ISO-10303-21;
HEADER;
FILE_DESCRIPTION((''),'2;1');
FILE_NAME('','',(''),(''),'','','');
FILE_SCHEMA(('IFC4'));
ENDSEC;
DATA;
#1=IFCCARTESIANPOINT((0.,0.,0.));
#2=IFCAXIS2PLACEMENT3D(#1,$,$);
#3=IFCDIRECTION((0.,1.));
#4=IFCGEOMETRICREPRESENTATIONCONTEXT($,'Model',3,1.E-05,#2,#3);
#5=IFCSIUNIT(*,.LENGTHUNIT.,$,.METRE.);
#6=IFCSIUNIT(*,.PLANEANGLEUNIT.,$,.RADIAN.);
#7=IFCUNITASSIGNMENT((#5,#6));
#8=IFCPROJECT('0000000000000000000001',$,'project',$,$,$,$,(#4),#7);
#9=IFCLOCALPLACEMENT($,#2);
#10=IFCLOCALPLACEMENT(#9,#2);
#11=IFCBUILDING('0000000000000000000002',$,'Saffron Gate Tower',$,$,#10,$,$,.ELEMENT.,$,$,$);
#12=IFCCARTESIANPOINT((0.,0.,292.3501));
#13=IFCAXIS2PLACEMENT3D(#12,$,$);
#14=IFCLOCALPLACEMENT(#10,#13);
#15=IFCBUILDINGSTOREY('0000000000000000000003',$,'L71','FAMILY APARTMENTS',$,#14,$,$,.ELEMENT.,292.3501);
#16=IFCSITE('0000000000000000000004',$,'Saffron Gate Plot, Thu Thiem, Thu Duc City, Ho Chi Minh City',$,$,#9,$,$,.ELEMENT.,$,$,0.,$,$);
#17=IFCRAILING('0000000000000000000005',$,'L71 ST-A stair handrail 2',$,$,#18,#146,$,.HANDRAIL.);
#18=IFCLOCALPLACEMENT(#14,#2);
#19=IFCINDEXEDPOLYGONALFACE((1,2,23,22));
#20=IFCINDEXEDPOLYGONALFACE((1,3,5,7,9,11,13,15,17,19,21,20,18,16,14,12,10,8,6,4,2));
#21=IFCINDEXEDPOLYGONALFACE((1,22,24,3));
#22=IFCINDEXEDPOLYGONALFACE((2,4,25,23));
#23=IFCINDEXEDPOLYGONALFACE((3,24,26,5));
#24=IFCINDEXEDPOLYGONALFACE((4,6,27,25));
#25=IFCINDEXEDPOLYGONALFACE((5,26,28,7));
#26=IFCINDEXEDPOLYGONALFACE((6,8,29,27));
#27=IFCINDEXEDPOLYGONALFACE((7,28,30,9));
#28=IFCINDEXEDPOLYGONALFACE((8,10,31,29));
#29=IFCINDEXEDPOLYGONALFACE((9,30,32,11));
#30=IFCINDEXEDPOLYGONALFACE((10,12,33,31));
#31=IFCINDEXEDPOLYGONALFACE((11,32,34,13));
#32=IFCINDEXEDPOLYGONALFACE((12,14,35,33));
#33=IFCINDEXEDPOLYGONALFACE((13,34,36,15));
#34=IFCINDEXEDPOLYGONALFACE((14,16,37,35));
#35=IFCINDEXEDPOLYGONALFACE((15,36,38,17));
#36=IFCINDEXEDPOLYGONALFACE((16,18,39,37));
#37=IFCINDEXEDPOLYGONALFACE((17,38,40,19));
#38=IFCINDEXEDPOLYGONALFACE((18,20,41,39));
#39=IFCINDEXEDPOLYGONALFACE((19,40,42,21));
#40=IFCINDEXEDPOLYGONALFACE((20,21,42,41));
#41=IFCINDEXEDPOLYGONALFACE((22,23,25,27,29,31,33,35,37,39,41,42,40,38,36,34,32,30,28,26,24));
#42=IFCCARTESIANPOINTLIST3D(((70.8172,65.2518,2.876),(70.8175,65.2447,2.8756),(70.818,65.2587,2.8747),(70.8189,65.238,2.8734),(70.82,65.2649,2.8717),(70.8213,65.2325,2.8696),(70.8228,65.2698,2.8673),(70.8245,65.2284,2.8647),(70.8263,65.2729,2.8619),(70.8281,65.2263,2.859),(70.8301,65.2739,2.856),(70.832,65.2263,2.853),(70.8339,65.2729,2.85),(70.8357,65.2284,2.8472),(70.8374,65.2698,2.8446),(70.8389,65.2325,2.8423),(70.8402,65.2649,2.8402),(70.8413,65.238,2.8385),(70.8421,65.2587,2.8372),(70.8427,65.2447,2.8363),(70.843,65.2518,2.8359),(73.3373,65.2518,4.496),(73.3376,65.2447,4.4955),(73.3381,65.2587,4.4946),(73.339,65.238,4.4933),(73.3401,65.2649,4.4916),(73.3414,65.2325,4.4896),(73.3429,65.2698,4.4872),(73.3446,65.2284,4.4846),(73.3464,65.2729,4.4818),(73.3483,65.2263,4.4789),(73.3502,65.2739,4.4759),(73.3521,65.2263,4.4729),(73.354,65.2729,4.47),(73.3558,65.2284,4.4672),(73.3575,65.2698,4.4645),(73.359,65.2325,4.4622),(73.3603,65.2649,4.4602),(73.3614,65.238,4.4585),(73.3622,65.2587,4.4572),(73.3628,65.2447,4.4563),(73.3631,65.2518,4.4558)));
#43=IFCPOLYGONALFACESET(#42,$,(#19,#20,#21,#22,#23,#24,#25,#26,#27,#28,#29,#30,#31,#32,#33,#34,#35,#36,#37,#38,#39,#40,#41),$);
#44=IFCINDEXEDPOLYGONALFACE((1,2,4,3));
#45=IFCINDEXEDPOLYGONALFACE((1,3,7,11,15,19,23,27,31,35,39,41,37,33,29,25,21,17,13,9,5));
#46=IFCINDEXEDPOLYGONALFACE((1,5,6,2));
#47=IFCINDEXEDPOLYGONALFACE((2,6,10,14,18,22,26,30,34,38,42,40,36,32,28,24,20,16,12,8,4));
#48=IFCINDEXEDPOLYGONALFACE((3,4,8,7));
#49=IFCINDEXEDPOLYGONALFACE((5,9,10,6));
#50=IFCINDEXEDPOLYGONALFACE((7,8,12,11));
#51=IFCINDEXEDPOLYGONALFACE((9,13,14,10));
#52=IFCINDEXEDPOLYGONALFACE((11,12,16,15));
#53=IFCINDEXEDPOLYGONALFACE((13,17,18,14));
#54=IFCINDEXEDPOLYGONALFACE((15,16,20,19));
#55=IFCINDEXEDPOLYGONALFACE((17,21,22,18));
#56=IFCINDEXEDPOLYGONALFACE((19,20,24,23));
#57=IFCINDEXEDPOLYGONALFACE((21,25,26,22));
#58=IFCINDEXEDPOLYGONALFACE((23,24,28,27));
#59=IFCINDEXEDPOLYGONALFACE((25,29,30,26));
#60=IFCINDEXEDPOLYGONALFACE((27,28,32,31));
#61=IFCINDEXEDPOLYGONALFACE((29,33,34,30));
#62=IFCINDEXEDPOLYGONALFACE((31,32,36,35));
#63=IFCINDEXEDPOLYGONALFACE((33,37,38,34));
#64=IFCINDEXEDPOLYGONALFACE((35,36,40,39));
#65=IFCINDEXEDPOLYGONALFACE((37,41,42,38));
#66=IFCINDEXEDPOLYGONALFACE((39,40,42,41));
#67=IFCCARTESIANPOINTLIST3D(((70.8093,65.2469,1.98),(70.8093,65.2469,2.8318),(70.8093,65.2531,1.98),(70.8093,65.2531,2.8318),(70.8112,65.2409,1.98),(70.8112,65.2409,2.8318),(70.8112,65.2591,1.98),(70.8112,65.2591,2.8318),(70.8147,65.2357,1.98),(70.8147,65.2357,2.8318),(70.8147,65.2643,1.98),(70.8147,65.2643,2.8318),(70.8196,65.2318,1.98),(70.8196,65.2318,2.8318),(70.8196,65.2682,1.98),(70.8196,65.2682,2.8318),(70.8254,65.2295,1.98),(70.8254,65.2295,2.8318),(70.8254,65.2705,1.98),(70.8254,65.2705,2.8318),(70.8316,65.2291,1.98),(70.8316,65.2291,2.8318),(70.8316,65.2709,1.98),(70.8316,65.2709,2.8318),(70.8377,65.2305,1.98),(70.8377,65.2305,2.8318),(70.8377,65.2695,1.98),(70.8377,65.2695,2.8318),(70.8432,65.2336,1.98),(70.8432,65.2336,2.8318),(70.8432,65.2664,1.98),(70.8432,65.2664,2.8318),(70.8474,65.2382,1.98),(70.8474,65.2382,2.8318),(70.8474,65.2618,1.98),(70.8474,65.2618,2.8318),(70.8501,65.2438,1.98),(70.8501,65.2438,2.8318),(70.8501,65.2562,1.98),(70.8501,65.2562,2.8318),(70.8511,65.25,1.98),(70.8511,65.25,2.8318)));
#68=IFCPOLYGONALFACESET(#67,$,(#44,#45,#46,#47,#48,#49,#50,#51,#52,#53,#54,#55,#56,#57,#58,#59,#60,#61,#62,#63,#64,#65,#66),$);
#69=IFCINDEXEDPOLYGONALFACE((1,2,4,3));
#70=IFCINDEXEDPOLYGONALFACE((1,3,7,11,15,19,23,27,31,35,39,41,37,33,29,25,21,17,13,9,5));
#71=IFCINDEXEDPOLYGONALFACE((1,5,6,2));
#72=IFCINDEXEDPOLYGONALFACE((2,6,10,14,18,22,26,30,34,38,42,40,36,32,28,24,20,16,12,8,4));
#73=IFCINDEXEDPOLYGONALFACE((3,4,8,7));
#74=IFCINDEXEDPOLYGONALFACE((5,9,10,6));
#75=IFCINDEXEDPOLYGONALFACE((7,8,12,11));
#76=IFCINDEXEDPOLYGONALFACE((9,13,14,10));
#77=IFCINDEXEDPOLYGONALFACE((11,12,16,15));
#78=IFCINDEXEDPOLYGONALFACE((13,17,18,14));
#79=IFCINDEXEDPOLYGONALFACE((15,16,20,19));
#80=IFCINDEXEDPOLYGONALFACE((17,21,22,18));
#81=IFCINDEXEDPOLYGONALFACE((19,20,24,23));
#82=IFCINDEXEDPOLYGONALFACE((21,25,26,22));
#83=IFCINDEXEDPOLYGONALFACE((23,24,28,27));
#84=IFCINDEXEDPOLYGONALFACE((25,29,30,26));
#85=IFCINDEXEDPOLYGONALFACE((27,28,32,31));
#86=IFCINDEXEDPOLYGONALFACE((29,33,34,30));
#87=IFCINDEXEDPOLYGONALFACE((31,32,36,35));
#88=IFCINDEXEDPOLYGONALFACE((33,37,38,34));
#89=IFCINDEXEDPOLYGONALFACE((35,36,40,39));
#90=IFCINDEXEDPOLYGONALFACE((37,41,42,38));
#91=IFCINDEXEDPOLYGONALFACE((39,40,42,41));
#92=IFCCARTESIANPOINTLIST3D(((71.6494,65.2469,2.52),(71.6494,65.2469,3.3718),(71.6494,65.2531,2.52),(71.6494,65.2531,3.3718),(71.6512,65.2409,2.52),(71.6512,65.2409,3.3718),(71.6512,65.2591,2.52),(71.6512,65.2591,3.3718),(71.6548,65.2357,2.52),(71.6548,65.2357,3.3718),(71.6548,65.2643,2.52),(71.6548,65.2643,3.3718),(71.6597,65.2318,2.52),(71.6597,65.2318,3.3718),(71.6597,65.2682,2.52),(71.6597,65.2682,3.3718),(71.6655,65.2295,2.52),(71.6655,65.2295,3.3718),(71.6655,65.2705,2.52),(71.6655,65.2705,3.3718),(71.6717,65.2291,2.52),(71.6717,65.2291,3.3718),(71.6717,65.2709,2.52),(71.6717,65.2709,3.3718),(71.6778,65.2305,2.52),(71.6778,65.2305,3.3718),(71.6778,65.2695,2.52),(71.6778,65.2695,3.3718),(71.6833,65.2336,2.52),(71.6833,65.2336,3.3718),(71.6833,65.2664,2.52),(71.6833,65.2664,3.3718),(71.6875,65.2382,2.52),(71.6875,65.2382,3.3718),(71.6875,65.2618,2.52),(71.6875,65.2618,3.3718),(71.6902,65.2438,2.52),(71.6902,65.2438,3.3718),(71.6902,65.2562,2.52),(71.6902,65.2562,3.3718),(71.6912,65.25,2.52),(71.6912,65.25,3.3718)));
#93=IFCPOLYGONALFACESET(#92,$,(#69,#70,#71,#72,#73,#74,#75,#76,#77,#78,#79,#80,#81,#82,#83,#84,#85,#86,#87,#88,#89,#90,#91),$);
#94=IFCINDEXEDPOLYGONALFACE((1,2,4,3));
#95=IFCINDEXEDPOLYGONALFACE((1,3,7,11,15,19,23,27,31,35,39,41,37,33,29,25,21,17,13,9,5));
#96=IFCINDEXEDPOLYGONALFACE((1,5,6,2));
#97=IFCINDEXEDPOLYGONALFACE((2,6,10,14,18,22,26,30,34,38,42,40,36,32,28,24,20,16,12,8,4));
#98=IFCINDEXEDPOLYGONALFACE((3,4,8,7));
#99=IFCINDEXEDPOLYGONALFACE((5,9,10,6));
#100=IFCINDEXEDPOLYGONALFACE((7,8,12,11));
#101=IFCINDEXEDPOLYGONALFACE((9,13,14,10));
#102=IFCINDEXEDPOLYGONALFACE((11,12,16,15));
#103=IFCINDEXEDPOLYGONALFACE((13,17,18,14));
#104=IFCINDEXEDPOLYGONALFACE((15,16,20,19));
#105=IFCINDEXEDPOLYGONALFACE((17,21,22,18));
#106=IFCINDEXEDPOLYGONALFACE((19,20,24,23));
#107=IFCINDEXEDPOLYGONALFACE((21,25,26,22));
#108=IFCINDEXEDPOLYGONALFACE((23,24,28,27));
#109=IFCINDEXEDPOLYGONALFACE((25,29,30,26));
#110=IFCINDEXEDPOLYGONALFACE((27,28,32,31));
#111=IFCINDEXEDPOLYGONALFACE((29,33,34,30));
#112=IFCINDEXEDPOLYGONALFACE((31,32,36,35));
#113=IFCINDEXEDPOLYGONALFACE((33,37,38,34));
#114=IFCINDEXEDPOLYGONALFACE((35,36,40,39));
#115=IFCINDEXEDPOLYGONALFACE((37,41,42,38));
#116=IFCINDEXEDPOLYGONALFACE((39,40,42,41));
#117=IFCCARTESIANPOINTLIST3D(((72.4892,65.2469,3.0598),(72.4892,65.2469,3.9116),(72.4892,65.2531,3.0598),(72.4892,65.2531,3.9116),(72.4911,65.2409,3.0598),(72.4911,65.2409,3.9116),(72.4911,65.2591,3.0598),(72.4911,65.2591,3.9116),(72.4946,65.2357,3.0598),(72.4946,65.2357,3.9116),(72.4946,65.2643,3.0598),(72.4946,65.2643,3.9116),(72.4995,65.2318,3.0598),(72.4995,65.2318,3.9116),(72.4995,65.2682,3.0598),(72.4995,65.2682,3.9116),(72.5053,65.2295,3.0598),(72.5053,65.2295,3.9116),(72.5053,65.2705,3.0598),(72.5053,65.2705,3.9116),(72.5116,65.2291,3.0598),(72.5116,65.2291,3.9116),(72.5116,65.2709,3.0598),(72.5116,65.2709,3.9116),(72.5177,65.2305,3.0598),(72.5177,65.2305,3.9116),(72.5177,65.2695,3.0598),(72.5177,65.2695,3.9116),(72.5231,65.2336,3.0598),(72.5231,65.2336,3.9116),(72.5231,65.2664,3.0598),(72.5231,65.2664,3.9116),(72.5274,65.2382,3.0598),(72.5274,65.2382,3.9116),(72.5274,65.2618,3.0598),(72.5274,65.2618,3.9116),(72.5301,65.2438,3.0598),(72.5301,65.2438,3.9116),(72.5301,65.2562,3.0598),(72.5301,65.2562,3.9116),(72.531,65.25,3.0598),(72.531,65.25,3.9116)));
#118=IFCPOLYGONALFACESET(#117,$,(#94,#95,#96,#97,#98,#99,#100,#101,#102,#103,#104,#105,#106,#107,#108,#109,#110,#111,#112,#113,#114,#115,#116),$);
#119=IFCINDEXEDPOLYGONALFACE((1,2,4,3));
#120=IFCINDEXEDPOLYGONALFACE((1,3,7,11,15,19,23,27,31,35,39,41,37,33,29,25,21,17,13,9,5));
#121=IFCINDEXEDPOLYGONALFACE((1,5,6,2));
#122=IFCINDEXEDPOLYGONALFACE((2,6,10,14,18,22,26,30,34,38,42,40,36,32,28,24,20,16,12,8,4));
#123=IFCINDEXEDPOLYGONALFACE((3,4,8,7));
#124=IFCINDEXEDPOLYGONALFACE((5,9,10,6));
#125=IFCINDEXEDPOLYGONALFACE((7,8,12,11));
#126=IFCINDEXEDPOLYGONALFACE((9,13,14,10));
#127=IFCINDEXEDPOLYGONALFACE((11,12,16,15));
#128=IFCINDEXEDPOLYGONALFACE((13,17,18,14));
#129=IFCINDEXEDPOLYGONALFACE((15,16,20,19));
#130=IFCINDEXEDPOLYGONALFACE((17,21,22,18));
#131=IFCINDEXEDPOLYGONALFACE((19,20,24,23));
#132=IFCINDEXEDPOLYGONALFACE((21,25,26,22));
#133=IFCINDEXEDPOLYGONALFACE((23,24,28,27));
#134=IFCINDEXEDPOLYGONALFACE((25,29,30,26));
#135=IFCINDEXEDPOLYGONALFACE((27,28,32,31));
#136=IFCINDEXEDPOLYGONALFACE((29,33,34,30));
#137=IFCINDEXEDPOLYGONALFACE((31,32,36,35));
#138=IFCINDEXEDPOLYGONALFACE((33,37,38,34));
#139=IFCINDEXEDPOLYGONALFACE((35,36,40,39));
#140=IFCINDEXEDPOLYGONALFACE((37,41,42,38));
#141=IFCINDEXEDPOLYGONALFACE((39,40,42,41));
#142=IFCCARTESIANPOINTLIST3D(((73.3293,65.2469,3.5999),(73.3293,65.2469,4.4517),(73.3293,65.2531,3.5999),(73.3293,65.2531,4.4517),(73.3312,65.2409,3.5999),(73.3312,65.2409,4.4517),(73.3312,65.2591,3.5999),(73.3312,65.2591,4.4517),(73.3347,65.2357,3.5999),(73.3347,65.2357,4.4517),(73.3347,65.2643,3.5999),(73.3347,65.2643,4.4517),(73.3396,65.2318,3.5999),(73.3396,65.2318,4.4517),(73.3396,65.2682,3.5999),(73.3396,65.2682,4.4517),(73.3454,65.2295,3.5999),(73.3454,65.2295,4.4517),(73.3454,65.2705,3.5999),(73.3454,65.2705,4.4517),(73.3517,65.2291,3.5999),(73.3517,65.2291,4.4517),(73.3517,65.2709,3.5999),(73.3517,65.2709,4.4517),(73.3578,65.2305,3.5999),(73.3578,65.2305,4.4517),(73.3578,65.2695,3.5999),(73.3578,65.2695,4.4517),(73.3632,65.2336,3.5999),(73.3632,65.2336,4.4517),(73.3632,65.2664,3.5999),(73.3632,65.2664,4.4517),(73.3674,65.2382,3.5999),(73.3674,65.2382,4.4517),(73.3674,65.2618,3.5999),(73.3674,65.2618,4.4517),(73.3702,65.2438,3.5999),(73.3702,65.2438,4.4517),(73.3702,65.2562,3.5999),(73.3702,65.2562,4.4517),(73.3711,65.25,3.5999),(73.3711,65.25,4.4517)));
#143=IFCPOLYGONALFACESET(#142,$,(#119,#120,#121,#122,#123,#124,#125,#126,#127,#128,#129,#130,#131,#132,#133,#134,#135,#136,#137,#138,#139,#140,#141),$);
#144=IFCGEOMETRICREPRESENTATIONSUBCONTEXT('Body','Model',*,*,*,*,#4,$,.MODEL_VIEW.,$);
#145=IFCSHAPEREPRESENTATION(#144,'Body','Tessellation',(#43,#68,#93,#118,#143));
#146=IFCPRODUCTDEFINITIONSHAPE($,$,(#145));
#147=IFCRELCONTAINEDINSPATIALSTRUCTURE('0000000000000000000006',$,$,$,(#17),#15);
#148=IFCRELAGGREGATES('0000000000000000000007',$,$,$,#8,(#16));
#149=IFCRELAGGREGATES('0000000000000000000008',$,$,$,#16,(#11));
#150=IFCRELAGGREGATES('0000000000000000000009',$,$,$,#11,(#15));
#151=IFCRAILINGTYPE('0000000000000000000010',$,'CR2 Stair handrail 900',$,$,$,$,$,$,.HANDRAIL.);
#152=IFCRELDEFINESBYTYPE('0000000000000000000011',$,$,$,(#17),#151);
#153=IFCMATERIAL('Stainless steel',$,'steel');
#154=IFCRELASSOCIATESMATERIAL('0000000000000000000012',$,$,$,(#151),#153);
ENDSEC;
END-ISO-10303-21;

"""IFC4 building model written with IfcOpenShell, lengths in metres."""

from ifc_helpers import new_model, si_unit, direction, frame, origin, origin_2d, place, context, subcontext, project, spatial, circle, extrude, material, type_object, element, save


model = new_model("IFC4")

# Units and contexts
model_context = context("Model", 3, precision=1e-05, world=origin(), true_north=direction((0.0, 1.0)))
body_context = subcontext(model_context, "Body", "Model", "MODEL_VIEW")
ifc_project = project(units=[si_unit("LENGTHUNIT", "METRE"), si_unit("PLANEANGLEUNIT", "RADIAN")], contexts=[model_context])

# Site, building, storey
site_placement = place(None, origin())
site = spatial("IfcSite", under=ifc_project, at=site_placement, Name="Saffron Gate Plot, Thu Thiem, Thu Duc City, Ho Chi Minh City", CompositionType="ELEMENT", RefElevation=0.0)
building_placement = place(site_placement, origin())
building = spatial("IfcBuilding", under=site, at=building_placement, Name="Saffron Gate Tower", CompositionType="ELEMENT")
storey_placement = place(building_placement, frame((0.0, 0.0, 292.3501)))
storey = spatial("IfcBuildingStorey", under=building, at=storey_placement, Name="L71", Description="FAMILY APARTMENTS", CompositionType="ELEMENT", Elevation=292.3501)

# Railing
ifc_material_1 = material(Name="Stainless steel", Category="steel")
railing_type_1 = type_object("IfcRailingType", Name="CR2 Stair handrail 900", PredefinedType="HANDRAIL", material=ifc_material_1)
railing_1_placement = place(storey_placement, frame((70.8301, 65.25, 1.98)))
element("IfcRailing", 1, at=railing_1_placement, inside=storey, type_object=railing_type_1, Name="L71 ST-A stair handrail 2", PredefinedType="HANDRAIL", context=body_context, shape_type="SweptSolid", body=[
    extrude(circle(Radius=0.0239, at=origin_2d()), frame((0.0, 0.0, 0.876), z_axis=(0.8412, 0.0, 0.540725), x_axis=(0.0, 1.0, 0.0)), (0.0, 0.0, 1.0), 2.9958),
    extrude(circle(Radius=0.021, at=origin_2d()), origin(), (0.0, 0.0, 1.0), 0.8518),
    extrude(circle(Radius=0.021, at=origin_2d()), frame((0.8401, 0.0, 0.54)), (0.0, 0.0, 1.0), 0.8518),
    extrude(circle(Radius=0.021, at=origin_2d()), frame((1.6799, 0.0, 1.0798)), (0.0, 0.0, 1.0), 0.8518),
    extrude(circle(Radius=0.021, at=origin_2d()), frame((2.52, 0.0, 1.6199)), (0.0, 0.0, 1.0), 0.8518),
])

save(model, "model.ifc")
